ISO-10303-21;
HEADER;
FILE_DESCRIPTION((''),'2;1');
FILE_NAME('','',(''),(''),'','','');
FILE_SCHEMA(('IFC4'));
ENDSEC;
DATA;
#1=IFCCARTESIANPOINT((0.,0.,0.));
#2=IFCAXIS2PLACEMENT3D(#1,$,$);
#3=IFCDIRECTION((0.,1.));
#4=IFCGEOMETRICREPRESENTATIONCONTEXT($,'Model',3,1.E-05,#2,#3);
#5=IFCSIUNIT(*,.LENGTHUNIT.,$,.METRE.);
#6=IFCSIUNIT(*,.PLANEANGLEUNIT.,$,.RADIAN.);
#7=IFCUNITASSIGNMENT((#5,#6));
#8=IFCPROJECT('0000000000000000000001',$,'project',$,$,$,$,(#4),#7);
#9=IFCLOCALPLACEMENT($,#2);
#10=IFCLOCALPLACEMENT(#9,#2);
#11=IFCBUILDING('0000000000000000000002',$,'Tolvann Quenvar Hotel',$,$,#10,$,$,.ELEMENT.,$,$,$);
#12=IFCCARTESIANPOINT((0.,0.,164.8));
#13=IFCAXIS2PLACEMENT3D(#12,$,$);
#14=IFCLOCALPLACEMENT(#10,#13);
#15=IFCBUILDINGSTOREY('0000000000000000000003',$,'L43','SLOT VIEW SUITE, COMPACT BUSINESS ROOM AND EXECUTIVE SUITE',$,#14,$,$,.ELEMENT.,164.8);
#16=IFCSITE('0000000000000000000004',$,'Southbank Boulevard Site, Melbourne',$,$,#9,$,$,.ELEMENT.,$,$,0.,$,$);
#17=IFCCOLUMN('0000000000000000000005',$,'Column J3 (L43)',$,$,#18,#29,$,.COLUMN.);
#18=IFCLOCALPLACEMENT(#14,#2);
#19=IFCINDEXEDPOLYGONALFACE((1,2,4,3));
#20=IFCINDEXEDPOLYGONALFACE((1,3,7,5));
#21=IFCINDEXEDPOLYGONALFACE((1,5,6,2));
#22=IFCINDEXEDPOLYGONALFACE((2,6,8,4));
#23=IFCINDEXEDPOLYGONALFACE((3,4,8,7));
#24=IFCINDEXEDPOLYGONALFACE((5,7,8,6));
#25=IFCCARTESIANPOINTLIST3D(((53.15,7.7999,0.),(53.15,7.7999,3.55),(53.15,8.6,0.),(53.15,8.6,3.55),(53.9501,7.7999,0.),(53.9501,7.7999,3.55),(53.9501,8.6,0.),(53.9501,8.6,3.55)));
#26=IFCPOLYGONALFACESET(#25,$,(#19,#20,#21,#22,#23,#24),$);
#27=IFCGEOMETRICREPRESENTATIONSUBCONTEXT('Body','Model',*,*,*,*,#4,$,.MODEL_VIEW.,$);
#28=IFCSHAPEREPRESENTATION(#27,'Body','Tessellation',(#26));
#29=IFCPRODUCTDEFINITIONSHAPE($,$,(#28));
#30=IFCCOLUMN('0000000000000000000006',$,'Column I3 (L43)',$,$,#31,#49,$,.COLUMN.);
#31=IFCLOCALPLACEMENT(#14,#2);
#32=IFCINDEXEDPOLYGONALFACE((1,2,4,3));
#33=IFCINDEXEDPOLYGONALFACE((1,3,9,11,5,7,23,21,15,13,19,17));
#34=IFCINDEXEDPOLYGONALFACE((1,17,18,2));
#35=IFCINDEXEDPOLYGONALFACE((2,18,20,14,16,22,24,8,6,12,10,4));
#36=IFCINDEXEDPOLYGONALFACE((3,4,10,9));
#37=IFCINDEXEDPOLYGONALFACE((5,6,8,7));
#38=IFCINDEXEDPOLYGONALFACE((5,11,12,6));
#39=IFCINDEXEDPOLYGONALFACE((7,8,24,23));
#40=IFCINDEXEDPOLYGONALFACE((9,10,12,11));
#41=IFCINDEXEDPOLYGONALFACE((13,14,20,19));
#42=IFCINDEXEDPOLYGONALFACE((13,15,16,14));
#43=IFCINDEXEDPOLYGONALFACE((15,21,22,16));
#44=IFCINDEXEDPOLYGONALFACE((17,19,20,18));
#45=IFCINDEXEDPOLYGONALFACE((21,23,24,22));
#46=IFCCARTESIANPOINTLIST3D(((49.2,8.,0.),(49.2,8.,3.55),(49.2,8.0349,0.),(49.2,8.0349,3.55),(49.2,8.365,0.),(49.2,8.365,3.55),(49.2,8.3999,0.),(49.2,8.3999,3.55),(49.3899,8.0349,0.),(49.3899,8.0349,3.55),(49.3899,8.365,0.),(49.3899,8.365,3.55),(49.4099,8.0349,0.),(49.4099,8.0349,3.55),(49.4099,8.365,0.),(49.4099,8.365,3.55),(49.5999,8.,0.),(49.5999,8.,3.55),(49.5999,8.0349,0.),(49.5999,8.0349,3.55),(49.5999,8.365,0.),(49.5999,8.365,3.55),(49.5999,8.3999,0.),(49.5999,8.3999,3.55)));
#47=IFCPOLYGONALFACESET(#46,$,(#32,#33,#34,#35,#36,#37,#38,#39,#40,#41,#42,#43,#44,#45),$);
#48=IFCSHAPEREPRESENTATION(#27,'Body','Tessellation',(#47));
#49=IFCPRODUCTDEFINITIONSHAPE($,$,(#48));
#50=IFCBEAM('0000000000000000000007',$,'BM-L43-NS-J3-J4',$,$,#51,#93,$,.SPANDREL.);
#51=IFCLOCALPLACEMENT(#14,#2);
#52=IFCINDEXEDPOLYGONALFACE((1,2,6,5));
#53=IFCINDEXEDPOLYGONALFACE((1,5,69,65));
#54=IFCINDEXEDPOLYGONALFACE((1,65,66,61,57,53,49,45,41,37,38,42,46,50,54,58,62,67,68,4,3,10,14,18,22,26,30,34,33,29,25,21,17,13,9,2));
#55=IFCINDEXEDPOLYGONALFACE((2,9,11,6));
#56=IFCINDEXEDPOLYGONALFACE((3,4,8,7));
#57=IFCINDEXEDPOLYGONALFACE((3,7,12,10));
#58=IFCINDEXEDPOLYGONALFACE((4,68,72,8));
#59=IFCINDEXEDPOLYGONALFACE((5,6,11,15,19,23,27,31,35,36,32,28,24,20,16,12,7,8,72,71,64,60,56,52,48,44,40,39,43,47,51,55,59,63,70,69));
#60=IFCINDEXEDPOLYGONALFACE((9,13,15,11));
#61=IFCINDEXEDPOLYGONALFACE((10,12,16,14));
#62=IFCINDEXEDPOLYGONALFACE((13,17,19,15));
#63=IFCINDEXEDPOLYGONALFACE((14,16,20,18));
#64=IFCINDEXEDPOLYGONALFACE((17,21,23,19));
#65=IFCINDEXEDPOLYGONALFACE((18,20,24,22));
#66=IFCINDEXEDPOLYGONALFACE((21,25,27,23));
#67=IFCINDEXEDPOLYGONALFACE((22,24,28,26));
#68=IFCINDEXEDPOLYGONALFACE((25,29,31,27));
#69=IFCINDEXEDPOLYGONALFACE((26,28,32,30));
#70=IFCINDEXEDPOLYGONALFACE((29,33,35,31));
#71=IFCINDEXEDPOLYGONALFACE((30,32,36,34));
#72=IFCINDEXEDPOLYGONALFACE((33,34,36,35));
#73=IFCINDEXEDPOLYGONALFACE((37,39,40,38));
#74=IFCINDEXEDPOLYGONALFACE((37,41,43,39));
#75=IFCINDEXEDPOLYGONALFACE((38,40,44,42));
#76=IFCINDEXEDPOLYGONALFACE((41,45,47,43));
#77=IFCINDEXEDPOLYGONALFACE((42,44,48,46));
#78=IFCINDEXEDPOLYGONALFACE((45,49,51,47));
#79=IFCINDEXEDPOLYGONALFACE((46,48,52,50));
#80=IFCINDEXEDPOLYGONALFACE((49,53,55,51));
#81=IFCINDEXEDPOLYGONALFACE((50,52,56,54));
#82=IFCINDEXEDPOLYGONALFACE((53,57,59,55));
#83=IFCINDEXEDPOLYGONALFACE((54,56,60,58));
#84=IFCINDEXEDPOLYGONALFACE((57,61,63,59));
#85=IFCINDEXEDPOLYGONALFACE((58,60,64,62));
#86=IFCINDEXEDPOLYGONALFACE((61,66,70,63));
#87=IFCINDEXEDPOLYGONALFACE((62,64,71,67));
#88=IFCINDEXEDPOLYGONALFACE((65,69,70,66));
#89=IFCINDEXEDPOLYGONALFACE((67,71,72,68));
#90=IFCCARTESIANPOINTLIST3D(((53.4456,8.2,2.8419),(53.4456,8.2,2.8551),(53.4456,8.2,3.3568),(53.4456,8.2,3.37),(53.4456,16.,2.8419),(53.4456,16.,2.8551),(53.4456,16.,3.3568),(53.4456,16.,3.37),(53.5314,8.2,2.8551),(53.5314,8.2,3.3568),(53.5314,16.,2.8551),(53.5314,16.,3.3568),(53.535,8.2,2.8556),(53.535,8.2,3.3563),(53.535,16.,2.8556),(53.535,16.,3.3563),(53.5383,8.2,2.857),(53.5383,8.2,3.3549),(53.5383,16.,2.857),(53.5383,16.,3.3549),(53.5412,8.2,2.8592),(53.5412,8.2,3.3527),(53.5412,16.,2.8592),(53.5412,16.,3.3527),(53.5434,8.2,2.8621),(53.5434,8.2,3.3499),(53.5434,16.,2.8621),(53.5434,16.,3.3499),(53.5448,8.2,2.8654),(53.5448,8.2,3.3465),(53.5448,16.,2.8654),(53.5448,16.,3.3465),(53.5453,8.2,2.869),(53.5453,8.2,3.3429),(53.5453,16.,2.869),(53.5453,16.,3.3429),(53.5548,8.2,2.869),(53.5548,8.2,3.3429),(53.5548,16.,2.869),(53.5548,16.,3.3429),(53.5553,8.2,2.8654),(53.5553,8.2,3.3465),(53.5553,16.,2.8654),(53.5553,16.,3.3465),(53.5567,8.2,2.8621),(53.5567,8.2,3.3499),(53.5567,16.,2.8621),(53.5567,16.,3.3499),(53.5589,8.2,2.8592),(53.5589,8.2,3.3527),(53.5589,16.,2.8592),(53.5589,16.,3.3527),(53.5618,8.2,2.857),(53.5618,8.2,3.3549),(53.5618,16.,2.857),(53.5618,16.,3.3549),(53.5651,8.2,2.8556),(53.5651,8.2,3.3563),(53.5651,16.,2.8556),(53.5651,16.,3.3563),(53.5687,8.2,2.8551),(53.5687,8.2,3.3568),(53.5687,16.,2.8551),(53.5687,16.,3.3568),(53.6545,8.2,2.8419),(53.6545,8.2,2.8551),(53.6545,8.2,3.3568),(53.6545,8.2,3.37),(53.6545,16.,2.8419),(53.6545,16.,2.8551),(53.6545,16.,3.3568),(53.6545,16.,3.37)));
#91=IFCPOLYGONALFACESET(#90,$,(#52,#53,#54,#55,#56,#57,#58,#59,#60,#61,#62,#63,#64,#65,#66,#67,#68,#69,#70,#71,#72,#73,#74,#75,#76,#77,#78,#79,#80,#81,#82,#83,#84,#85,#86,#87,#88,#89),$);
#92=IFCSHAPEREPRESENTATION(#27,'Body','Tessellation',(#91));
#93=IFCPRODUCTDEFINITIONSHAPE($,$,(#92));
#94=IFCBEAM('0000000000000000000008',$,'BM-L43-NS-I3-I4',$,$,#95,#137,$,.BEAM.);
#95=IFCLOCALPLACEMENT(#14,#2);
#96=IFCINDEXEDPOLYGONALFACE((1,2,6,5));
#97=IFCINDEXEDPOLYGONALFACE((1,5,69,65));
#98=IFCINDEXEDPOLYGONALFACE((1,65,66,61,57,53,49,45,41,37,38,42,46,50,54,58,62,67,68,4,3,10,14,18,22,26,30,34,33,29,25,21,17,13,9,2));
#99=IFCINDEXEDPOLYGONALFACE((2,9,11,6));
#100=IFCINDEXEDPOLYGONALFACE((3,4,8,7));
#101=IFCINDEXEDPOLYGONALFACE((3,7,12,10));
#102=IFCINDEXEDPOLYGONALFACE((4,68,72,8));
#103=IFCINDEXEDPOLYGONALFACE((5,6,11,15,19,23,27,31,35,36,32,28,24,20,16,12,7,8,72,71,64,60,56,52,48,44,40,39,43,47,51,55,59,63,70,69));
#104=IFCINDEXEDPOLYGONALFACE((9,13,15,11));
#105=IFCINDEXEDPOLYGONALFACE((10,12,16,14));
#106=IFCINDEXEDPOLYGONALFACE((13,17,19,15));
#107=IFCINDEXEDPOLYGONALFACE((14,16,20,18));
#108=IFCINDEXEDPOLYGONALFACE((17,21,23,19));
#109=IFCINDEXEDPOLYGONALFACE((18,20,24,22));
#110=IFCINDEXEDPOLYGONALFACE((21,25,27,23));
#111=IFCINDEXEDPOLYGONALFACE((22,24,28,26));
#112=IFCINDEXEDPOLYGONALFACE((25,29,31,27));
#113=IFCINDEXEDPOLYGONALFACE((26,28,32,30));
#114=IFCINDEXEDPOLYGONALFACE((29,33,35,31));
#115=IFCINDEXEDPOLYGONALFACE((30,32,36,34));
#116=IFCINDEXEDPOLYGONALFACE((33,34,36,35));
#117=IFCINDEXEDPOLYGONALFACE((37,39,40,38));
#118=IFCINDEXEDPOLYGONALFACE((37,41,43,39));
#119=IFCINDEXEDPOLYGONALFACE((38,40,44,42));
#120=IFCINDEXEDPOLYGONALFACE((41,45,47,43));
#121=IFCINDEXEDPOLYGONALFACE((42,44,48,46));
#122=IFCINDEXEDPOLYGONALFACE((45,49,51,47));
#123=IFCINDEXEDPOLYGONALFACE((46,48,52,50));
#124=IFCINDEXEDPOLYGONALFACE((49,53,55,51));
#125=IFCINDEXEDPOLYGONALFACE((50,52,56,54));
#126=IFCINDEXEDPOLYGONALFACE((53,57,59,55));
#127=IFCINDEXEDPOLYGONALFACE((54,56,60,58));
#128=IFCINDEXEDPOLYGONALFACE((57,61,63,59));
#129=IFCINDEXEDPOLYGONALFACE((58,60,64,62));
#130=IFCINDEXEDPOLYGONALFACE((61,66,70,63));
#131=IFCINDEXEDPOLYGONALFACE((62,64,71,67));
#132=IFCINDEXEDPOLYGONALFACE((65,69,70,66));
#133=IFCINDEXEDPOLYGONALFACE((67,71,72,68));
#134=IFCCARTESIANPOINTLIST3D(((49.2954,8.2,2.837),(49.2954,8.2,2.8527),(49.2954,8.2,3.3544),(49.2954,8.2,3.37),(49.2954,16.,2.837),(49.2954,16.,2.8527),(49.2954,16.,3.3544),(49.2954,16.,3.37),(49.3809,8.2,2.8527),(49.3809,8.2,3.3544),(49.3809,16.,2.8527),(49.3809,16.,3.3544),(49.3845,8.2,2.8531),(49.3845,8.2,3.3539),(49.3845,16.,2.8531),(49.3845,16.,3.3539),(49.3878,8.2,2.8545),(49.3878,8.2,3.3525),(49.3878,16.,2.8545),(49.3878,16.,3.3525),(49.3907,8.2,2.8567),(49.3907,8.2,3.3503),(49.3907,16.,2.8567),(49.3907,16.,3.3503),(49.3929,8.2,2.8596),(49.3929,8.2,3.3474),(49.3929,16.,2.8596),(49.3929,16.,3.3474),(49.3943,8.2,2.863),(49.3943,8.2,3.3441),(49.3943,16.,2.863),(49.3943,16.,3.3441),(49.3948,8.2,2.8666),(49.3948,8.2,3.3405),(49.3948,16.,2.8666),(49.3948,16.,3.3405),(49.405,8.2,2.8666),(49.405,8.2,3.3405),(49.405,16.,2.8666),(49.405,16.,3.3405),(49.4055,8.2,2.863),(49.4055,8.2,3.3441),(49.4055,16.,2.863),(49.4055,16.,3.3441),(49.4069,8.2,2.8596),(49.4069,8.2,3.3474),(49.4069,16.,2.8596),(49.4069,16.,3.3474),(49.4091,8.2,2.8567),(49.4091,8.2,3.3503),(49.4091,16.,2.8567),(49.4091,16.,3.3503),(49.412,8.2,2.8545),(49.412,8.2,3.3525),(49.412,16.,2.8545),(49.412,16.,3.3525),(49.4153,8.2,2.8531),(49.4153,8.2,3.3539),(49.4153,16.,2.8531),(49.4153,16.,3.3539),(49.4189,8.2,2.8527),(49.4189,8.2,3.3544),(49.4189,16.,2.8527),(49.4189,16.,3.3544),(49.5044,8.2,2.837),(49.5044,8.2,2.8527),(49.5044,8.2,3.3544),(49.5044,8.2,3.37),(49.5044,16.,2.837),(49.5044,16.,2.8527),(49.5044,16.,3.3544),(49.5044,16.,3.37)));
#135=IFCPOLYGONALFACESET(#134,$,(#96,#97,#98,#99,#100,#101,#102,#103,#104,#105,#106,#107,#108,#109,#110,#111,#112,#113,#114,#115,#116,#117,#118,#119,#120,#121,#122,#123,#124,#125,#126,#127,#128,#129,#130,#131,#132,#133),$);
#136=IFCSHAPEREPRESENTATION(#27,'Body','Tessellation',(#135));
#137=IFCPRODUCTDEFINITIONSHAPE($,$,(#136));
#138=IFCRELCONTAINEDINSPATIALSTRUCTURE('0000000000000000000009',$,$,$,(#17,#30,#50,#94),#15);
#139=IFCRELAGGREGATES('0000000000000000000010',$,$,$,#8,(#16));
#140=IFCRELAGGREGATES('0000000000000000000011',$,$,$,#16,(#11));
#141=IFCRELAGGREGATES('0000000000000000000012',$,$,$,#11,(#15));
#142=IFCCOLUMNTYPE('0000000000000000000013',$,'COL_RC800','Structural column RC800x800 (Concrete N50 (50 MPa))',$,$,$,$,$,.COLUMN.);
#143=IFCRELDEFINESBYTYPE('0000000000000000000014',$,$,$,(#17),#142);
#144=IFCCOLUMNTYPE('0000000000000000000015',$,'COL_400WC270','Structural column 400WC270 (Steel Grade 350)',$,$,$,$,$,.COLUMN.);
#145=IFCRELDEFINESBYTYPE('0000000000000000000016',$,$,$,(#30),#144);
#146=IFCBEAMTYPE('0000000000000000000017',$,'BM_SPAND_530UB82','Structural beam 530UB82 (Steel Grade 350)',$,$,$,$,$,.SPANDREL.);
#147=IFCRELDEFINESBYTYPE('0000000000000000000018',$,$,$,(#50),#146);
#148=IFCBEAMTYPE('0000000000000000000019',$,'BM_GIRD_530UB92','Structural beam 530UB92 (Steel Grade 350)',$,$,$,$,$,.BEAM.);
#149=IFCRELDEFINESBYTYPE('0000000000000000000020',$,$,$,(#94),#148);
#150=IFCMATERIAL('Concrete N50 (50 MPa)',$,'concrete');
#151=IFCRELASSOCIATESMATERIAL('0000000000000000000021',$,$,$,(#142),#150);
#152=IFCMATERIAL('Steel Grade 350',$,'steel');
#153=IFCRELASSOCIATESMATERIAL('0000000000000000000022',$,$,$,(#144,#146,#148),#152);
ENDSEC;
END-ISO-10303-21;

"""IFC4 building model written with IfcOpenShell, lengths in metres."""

from ifc_helpers import new_model, si_unit, direction, frame, origin, origin_2d, place, context, subcontext, project, spatial, rectangle, i_section, extrude, source, transform, mapped, material, material_profile, profile_set, type_object, type_shapes, element, save


model = new_model("IFC4")

# Units and contexts
model_context = context("Model", 3, precision=1e-05, world=origin(), true_north=direction((0.0, 1.0)))
body_context = subcontext(model_context, "Body", "Model", "MODEL_VIEW")
ifc_project = project(units=[si_unit("LENGTHUNIT", "METRE"), si_unit("PLANEANGLEUNIT", "RADIAN")], contexts=[model_context])

# Site, building, storey
site_placement = place(None, origin())
site = spatial("IfcSite", under=ifc_project, at=site_placement, Name="Southbank Boulevard Site, Melbourne", CompositionType="ELEMENT", RefElevation=0.0)
building_placement = place(site_placement, origin())
building = spatial("IfcBuilding", under=site, at=building_placement, Name="Tolvann Quenvar Hotel", CompositionType="ELEMENT")
storey_placement = place(building_placement, frame((0.0, 0.0, 164.8)))
storey = spatial("IfcBuildingStorey", under=building, at=storey_placement, Name="L43", Description="SLOT VIEW SUITE, COMPACT BUSINESS ROOM AND EXECUTIVE SUITE", CompositionType="ELEMENT", Elevation=164.8)

# Columns
ifc_material_1 = material(Name="Concrete N50 (50 MPa)", Category="concrete")
ifc_material_profile_1 = material_profile(ifc_material_1, rectangle(XDim=0.8, YDim=0.8, at=origin_2d()), Name="RC800x800")
ifc_profile_set_1 = profile_set([ifc_material_profile_1], Name="Concrete N50 (50 MPa)")
column_type_1 = type_object("IfcColumnType", Name="COL_RC800", Description="Structural column RC800x800 (Concrete N50 (50 MPa))", PredefinedType="COLUMN", material=ifc_profile_set_1)
shared_shape_1 = source(origin(), body_context, "Body", "SweptSolid", [
    extrude(rectangle(XDim=0.8, YDim=0.8, at=origin_2d()), origin(), (0.0, 0.0, 1.0), 3.55),
])
type_shapes(column_type_1, [shared_shape_1])
column_1_placement = place(storey_placement, frame((53.55, 8.2, 0.0), z_axis=(0.0, 0.0, 1.0), x_axis=(1.0, 0.0, 0.0)))
element("IfcColumn", 1, at=column_1_placement, inside=storey, type_object=column_type_1, Name="Column J3 (L43)", PredefinedType="COLUMN", context=body_context, shape_type="MappedRepresentation", body=[
    mapped(shared_shape_1, transform((0.0, 0.0, 0.0), x_axis=(1.0, 0.0, 0.0), y_axis=(0.0, 1.0, 0.0), z_axis=(0.0, 0.0, 1.0), scale=1.0)),
])
ifc_material_2 = material(Name="Steel Grade 350", Category="steel")
ifc_material_profile_2 = material_profile(ifc_material_2, i_section(OverallWidth=0.3999, OverallDepth=0.3999, WebThickness=0.02, FlangeThickness=0.0349, at=origin_2d()), Name="400WC270")
ifc_profile_set_2 = profile_set([ifc_material_profile_2], Name="Steel Grade 350")
column_type_2 = type_object("IfcColumnType", Name="COL_400WC270", Description="Structural column 400WC270 (Steel Grade 350)", PredefinedType="COLUMN", material=ifc_profile_set_2)
shared_shape_2 = source(origin(), body_context, "Body", "SweptSolid", [
    extrude(i_section(OverallWidth=0.3999, OverallDepth=0.3999, WebThickness=0.02, FlangeThickness=0.0349, at=origin_2d()), origin(), (0.0, 0.0, 1.0), 3.55),
])
type_shapes(column_type_2, [shared_shape_2])
column_2_placement = place(storey_placement, frame((49.3999, 8.2, 0.0), z_axis=(0.0, 0.0, 1.0), x_axis=(1.0, 0.0, 0.0)))
element("IfcColumn", 2, at=column_2_placement, inside=storey, type_object=column_type_2, Name="Column I3 (L43)", PredefinedType="COLUMN", context=body_context, shape_type="MappedRepresentation", body=[
    mapped(shared_shape_2, transform((0.0, 0.0, 0.0), x_axis=(1.0, 0.0, 0.0), y_axis=(0.0, 1.0, 0.0), z_axis=(0.0, 0.0, 1.0), scale=1.0)),
])

# Beams
ifc_material_profile_3 = material_profile(ifc_material_2, i_section(OverallWidth=0.209, OverallDepth=0.5281, WebThickness=0.0095, FlangeThickness=0.0132, FilletRadius=0.0139, at=origin_2d()), Name="530UB82")
ifc_profile_set_3 = profile_set([ifc_material_profile_3], Name="Steel Grade 350")
beam_type_1 = type_object("IfcBeamType", Name="BM_SPAND_530UB82", Description="Structural beam 530UB82 (Steel Grade 350)", PredefinedType="SPANDREL", material=ifc_profile_set_3)
shared_shape_3 = source(origin(), body_context, "Body", "SweptSolid", [
    extrude(i_section(OverallWidth=0.209, OverallDepth=0.5281, WebThickness=0.0095, FlangeThickness=0.0132, FilletRadius=0.0139, at=origin_2d()), origin(), (0.0, 0.0, 1.0), 7.8),
])
type_shapes(beam_type_1, [shared_shape_3])
beam_1_placement = place(storey_placement, frame((53.55, 8.2, 3.106), z_axis=(0.0, 1.0, 0.0), x_axis=(-1.0, 0.0, 0.0)))
element("IfcBeam", 3, at=beam_1_placement, inside=storey, type_object=beam_type_1, Name="BM-L43-NS-J3-J4", PredefinedType="SPANDREL", context=body_context, shape_type="MappedRepresentation", body=[
    mapped(shared_shape_3, transform((0.0, 0.0, 0.0), x_axis=(1.0, 0.0, 0.0), y_axis=(0.0, 1.0, 0.0), z_axis=(0.0, 0.0, 1.0), scale=1.0)),
])
ifc_material_profile_4 = material_profile(ifc_material_2, i_section(OverallWidth=0.209, OverallDepth=0.533, WebThickness=0.0103, FlangeThickness=0.0156, FilletRadius=0.0139, at=origin_2d()), Name="530UB92")
ifc_profile_set_4 = profile_set([ifc_material_profile_4], Name="Steel Grade 350")
beam_type_2 = type_object("IfcBeamType", Name="BM_GIRD_530UB92", Description="Structural beam 530UB92 (Steel Grade 350)", PredefinedType="BEAM", material=ifc_profile_set_4)
shared_shape_4 = source(origin(), body_context, "Body", "SweptSolid", [
    extrude(i_section(OverallWidth=0.209, OverallDepth=0.533, WebThickness=0.0103, FlangeThickness=0.0156, FilletRadius=0.0139, at=origin_2d()), origin(), (0.0, 0.0, 1.0), 7.8),
])
type_shapes(beam_type_2, [shared_shape_4])
beam_2_placement = place(storey_placement, frame((49.3999, 8.2, 3.1035), z_axis=(0.0, 1.0, 0.0), x_axis=(-1.0, 0.0, 0.0)))
element("IfcBeam", 4, at=beam_2_placement, inside=storey, type_object=beam_type_2, Name="BM-L43-NS-I3-I4", PredefinedType="BEAM", context=body_context, shape_type="MappedRepresentation", body=[
    mapped(shared_shape_4, transform((0.0, 0.0, 0.0), x_axis=(1.0, 0.0, 0.0), y_axis=(0.0, 1.0, 0.0), z_axis=(0.0, 0.0, 1.0), scale=1.0)),
])

save(model, "model.ifc")
